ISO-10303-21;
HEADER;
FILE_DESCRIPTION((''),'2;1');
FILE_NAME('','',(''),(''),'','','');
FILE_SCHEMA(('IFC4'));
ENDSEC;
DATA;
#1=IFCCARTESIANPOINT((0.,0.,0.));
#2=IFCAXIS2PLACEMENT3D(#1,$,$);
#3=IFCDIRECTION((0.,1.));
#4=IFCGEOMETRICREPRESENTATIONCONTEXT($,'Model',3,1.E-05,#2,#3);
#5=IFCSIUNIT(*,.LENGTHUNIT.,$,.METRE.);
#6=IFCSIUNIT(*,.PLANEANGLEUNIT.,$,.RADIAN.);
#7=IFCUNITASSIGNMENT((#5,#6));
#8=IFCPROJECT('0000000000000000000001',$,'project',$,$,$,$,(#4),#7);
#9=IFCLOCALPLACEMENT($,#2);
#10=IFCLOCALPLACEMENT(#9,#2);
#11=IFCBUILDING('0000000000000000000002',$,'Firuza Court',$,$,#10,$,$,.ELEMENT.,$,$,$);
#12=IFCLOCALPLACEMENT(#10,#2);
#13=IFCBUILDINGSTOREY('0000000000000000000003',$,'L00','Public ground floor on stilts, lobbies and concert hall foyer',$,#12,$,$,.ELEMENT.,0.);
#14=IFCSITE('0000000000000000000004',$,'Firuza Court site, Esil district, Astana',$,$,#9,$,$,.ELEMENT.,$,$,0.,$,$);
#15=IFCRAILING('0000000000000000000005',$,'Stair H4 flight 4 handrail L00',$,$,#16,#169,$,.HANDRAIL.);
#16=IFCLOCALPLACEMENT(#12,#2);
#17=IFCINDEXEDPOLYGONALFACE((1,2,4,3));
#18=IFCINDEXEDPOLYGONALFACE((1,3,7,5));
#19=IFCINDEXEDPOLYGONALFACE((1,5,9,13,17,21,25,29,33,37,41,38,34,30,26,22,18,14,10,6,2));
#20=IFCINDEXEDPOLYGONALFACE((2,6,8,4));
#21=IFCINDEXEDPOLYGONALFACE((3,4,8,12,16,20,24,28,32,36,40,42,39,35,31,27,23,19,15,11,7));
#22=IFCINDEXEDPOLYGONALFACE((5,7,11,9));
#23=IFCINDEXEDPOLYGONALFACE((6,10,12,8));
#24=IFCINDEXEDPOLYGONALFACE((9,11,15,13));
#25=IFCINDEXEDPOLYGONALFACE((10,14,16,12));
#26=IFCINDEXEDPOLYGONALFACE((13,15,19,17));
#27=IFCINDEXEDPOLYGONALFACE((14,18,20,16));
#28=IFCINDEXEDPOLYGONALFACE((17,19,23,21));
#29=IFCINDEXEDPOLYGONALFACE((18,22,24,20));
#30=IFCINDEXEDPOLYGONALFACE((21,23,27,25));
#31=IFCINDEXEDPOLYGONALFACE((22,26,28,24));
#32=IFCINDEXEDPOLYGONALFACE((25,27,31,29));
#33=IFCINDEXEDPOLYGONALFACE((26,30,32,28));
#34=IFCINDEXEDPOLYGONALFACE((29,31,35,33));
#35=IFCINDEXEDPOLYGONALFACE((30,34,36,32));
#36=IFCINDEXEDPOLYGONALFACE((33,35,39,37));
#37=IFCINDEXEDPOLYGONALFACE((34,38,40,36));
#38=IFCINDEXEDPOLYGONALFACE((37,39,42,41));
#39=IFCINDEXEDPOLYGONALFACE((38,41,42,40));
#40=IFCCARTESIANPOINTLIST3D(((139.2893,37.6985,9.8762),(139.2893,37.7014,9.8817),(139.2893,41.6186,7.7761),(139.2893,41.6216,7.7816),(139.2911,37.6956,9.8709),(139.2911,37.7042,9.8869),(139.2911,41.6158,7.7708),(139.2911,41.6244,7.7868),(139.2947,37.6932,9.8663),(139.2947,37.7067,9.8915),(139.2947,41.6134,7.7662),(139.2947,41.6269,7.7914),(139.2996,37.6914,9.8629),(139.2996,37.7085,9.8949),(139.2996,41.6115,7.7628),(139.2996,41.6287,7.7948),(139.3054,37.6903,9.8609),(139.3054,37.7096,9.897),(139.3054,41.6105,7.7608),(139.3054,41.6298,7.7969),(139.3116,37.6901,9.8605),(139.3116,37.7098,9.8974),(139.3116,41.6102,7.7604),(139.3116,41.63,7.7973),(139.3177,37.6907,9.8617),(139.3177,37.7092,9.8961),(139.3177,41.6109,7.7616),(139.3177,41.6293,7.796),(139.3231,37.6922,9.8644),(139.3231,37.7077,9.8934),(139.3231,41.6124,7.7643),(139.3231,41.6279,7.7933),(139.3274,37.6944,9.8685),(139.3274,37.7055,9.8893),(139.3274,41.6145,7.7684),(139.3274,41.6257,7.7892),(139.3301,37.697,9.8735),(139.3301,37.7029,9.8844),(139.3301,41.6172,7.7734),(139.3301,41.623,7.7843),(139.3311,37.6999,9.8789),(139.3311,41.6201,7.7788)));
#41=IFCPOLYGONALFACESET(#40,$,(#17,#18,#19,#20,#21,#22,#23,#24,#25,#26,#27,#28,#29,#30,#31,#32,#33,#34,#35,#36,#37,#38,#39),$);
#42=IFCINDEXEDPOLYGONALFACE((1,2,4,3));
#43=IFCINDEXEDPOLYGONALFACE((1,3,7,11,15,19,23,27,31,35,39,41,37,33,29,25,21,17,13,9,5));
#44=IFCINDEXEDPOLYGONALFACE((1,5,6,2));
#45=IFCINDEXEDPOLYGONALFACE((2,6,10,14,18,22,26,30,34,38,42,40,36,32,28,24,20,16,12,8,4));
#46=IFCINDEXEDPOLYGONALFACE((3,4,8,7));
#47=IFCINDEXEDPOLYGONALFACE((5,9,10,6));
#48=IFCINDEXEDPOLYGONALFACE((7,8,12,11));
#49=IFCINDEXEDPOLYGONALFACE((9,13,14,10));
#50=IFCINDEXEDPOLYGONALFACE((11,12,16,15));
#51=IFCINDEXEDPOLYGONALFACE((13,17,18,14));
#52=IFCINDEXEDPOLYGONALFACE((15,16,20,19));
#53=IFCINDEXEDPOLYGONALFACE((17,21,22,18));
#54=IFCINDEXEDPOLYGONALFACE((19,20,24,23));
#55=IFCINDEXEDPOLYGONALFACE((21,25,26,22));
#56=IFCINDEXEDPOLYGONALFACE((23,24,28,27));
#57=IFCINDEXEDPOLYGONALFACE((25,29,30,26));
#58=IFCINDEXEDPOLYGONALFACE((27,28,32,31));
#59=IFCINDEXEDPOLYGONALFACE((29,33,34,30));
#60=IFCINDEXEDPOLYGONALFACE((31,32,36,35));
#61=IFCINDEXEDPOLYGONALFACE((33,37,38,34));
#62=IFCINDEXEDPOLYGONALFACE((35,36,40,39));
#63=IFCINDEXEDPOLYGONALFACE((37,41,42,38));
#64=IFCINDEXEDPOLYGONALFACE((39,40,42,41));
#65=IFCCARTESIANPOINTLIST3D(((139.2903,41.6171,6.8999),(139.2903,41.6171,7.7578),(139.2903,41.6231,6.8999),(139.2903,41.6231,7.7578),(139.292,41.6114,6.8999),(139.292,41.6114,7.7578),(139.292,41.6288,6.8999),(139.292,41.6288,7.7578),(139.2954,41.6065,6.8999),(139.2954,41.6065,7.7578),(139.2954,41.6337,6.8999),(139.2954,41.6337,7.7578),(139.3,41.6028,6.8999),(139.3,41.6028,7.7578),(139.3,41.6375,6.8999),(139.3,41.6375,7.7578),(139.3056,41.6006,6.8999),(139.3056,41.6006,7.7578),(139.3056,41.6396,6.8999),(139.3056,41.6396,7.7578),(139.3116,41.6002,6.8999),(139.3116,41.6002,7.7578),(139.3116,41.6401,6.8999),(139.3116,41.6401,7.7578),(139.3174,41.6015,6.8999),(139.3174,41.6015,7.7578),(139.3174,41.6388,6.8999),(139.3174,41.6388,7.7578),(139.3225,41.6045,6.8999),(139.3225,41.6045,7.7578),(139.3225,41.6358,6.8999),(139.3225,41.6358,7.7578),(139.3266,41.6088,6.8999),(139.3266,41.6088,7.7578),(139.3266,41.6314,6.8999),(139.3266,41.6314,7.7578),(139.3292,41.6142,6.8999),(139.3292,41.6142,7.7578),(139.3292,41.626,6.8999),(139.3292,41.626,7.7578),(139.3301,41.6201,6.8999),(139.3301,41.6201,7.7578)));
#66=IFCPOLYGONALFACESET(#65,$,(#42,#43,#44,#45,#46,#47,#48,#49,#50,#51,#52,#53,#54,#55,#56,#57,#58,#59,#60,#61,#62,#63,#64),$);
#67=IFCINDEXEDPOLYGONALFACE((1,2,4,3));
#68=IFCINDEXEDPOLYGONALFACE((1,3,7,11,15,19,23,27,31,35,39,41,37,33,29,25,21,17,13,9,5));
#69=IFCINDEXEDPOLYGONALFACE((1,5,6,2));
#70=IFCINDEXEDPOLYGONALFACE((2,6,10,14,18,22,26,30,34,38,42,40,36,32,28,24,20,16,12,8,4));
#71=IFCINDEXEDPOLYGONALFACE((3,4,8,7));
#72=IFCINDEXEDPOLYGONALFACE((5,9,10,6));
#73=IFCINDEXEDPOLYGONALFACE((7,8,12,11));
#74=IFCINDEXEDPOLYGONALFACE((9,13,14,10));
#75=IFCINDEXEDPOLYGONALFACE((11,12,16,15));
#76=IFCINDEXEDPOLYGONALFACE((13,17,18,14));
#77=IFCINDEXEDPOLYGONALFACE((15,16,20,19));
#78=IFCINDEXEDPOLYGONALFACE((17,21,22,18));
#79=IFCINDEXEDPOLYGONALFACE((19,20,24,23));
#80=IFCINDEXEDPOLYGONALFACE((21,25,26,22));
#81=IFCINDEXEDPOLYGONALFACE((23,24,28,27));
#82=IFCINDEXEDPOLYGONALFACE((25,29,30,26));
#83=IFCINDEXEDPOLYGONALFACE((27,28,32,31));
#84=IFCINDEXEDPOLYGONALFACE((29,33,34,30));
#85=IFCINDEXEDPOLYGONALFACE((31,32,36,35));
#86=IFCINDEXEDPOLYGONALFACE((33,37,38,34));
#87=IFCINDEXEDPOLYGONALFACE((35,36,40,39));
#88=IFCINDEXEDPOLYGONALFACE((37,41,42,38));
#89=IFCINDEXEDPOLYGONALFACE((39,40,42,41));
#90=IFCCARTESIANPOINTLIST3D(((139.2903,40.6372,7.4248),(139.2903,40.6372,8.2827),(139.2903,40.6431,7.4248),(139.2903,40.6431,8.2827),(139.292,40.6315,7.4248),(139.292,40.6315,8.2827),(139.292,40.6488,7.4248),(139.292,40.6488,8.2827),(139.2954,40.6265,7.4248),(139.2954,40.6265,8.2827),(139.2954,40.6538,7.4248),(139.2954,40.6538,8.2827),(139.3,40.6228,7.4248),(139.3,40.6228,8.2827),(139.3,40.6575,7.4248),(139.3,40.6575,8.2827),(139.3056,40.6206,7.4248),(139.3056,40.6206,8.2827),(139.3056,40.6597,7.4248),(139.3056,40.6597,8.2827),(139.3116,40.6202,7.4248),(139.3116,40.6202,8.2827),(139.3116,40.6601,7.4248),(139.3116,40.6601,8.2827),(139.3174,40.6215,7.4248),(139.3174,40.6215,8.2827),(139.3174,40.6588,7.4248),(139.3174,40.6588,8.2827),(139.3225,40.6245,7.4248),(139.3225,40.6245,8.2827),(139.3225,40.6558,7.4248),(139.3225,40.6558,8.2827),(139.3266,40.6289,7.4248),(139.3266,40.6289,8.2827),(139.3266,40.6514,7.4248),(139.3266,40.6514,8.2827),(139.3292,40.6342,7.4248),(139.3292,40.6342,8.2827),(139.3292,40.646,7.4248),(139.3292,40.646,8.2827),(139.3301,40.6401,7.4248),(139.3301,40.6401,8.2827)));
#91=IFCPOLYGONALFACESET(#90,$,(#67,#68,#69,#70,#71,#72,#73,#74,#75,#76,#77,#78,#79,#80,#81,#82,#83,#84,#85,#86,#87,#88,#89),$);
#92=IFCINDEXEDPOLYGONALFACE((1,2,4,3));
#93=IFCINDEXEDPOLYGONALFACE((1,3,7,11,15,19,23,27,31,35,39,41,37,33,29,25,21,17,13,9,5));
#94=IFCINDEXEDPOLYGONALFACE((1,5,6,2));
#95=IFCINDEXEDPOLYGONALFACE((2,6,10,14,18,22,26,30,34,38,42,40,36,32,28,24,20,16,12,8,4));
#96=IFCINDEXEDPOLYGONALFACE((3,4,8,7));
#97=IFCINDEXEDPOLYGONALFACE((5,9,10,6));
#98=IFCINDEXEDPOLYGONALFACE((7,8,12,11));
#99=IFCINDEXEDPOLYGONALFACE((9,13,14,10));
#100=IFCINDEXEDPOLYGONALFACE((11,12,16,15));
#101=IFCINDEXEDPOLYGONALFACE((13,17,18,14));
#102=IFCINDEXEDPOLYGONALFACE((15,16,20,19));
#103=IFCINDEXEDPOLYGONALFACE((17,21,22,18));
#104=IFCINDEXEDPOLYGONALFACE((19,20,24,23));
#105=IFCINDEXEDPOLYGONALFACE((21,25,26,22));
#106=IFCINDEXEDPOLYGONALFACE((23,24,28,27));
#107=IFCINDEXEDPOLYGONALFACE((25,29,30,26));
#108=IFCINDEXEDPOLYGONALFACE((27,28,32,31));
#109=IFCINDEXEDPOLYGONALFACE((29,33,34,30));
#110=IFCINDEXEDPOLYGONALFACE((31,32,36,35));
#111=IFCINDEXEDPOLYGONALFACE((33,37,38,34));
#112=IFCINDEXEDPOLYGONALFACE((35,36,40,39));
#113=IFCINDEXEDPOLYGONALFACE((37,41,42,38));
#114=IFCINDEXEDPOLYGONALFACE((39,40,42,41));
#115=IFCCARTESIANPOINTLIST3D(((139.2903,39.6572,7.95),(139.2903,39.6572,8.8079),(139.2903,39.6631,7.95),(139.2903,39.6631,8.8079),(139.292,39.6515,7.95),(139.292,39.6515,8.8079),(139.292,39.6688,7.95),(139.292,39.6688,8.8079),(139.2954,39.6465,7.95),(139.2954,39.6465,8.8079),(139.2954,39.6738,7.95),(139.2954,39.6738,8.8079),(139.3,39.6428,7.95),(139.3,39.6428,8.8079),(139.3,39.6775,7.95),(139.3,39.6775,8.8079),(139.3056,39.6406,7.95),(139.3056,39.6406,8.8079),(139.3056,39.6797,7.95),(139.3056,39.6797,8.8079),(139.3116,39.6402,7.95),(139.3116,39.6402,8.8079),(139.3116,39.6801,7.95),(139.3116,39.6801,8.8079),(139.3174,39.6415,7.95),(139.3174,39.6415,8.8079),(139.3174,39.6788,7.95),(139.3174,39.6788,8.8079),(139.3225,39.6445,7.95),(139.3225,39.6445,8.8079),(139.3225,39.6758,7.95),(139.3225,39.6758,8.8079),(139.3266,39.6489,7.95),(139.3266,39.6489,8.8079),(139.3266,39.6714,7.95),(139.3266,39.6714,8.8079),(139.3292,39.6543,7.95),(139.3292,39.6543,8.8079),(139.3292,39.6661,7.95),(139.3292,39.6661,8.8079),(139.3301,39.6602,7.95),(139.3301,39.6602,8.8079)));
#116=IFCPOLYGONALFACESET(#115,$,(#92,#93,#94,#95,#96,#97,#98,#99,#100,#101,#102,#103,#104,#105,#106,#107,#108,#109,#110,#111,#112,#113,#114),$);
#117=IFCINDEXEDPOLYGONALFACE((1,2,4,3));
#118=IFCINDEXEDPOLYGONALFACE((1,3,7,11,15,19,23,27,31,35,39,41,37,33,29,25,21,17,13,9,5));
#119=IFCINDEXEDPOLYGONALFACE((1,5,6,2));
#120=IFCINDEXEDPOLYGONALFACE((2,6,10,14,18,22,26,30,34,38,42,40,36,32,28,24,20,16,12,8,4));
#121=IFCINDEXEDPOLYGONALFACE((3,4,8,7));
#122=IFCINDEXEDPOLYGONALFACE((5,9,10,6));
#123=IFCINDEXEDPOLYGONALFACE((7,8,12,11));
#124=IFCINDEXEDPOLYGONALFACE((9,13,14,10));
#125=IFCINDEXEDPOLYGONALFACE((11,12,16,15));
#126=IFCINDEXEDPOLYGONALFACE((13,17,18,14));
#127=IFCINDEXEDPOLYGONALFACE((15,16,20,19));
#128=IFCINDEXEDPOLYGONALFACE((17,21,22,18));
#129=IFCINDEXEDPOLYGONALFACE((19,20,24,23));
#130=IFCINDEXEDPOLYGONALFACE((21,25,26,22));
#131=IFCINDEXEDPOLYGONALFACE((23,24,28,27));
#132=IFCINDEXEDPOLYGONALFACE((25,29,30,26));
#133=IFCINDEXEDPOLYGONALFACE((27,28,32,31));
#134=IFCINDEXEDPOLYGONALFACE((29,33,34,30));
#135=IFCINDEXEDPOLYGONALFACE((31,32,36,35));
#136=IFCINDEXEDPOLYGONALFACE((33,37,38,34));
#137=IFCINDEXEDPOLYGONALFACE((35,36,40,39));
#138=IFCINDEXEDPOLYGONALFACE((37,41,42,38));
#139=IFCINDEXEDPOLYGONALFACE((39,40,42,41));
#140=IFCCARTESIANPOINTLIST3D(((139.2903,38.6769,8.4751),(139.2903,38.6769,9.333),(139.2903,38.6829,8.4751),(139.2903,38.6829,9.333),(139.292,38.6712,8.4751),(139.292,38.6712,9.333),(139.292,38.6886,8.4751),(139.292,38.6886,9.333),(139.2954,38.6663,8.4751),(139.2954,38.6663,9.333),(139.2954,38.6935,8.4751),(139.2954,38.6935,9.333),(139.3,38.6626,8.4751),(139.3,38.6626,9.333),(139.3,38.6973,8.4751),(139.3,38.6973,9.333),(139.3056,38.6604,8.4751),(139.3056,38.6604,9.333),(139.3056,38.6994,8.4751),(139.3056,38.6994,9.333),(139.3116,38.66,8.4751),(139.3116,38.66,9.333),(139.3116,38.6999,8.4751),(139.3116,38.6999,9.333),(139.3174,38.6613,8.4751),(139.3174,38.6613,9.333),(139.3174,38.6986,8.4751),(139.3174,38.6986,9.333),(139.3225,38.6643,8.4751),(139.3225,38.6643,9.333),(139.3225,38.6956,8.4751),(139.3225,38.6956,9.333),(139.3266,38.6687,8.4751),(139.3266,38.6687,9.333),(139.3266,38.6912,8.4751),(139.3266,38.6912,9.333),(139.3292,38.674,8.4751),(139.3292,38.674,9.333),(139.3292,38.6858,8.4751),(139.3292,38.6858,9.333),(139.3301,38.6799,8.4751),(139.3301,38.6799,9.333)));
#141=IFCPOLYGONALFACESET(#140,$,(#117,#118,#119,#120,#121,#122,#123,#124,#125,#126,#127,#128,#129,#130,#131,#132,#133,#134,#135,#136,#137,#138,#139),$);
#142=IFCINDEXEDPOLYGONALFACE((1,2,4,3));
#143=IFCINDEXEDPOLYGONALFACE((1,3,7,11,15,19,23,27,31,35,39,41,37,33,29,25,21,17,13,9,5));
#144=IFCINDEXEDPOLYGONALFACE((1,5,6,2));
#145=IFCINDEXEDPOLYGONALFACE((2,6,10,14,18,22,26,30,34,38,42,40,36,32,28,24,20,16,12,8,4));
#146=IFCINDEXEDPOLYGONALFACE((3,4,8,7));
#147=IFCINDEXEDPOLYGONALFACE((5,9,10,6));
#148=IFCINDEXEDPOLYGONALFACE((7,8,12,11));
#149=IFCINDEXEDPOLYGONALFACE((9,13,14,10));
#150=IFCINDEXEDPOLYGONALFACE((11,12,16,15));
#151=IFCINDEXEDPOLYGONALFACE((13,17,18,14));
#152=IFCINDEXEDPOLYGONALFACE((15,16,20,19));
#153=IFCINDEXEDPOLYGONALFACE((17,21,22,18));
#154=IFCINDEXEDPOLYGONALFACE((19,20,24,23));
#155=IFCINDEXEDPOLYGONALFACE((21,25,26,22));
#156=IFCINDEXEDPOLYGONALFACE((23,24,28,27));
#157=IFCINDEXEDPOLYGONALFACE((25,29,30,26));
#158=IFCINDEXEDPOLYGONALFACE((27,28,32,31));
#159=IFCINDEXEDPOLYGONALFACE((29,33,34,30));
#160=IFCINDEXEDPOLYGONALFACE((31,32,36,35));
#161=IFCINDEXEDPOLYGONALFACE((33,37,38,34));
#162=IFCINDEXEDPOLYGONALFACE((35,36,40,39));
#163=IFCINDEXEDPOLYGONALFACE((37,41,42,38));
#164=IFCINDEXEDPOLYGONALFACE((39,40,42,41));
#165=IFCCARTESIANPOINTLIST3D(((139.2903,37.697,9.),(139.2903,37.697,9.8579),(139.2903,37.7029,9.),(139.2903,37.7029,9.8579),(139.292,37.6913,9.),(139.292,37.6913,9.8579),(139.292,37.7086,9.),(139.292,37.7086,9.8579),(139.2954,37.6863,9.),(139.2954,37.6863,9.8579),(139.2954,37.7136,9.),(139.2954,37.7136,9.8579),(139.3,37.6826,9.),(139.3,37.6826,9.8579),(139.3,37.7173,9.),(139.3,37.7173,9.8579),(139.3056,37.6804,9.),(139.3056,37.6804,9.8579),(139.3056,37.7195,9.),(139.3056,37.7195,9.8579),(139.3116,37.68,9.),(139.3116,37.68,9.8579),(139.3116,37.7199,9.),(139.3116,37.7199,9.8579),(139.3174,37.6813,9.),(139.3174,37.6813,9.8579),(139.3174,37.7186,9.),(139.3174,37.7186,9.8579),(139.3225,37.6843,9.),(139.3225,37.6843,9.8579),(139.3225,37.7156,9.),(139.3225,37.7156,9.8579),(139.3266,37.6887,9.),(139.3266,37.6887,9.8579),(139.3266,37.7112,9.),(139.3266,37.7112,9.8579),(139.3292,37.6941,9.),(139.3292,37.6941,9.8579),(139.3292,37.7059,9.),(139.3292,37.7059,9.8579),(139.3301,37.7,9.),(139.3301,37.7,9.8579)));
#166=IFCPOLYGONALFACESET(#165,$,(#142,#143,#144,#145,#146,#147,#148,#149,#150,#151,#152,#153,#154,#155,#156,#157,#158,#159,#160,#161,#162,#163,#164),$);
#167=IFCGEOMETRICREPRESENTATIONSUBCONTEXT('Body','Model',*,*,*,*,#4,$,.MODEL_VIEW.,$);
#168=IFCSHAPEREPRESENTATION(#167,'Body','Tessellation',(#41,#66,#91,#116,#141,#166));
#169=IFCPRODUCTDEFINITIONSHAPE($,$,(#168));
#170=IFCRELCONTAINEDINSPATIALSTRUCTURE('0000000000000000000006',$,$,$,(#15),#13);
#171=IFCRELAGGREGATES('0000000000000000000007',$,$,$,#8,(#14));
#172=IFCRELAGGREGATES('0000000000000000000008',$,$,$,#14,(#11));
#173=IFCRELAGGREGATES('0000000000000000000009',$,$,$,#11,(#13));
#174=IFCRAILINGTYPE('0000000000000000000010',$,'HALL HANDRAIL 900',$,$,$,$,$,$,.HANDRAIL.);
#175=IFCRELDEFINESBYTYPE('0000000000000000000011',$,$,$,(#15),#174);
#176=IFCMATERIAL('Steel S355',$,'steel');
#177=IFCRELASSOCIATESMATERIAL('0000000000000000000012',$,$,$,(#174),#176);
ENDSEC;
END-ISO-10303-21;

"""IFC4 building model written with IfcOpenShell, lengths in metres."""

from ifc_helpers import new_model, si_unit, direction, frame, origin, origin_2d, place, context, subcontext, project, spatial, circle, extrude, material, type_object, element, save


model = new_model("IFC4")

# Units and contexts
model_context = context("Model", 3, precision=1e-05, world=origin(), true_north=direction((0.0, 1.0)))
body_context = subcontext(model_context, "Body", "Model", "MODEL_VIEW")
ifc_project = project(units=[si_unit("LENGTHUNIT", "METRE"), si_unit("PLANEANGLEUNIT", "RADIAN")], contexts=[model_context])

# Site, building, storey
site_placement = place(None, origin())
site = spatial("IfcSite", under=ifc_project, at=site_placement, Name="Firuza Court site, Esil district, Astana", CompositionType="ELEMENT", RefElevation=0.0)
building_placement = place(site_placement, origin())
building = spatial("IfcBuilding", under=site, at=building_placement, Name="Firuza Court", CompositionType="ELEMENT")
storey_placement = place(building_placement, origin())
storey = spatial("IfcBuildingStorey", under=building, at=storey_placement, Name="L00", Description="Public ground floor on stilts, lobbies and concert hall foyer", CompositionType="ELEMENT", Elevation=0.0)

# Railing
ifc_material_1 = material(Name="Steel S355", Category="steel")
railing_type_1 = type_object("IfcRailingType", Name="HALL HANDRAIL 900", PredefinedType="HANDRAIL", material=ifc_material_1)
for number, where, name in (
    (1, (139.3101, 41.6201, 6.8999), "Stair H4 flight 4 handrail L00"),
):
    element("IfcRailing", number, at=place(storey_placement, frame(where)), inside=storey, type_object=railing_type_1, Name=name, PredefinedType="HANDRAIL", context=body_context, shape_type="SweptSolid", body=[
        extrude(circle(Radius=0.021, at=origin_2d()), frame((0.0, 0.0, 0.8789), z_axis=(0.0, -0.881479, 0.472223), x_axis=(1.0, 0.0, 0.0)), (0.0, 0.0, 1.0), 4.4473),
        extrude(circle(Radius=0.02, at=origin_2d()), origin(), (0.0, 0.0, 1.0), 0.8579),
        extrude(circle(Radius=0.02, at=origin_2d()), frame((0.0, -0.98, 0.5249)), (0.0, 0.0, 1.0), 0.8579),
        extrude(circle(Radius=0.02, at=origin_2d()), frame((0.0, -1.96, 1.05)), (0.0, 0.0, 1.0), 0.8579),
        extrude(circle(Radius=0.02, at=origin_2d()), frame((0.0, -2.9402, 1.5752)), (0.0, 0.0, 1.0), 0.8579),
        extrude(circle(Radius=0.02, at=origin_2d()), frame((0.0, -3.9202, 2.1001)), (0.0, 0.0, 1.0), 0.8579),
    ])

save(model, "model.ifc")
